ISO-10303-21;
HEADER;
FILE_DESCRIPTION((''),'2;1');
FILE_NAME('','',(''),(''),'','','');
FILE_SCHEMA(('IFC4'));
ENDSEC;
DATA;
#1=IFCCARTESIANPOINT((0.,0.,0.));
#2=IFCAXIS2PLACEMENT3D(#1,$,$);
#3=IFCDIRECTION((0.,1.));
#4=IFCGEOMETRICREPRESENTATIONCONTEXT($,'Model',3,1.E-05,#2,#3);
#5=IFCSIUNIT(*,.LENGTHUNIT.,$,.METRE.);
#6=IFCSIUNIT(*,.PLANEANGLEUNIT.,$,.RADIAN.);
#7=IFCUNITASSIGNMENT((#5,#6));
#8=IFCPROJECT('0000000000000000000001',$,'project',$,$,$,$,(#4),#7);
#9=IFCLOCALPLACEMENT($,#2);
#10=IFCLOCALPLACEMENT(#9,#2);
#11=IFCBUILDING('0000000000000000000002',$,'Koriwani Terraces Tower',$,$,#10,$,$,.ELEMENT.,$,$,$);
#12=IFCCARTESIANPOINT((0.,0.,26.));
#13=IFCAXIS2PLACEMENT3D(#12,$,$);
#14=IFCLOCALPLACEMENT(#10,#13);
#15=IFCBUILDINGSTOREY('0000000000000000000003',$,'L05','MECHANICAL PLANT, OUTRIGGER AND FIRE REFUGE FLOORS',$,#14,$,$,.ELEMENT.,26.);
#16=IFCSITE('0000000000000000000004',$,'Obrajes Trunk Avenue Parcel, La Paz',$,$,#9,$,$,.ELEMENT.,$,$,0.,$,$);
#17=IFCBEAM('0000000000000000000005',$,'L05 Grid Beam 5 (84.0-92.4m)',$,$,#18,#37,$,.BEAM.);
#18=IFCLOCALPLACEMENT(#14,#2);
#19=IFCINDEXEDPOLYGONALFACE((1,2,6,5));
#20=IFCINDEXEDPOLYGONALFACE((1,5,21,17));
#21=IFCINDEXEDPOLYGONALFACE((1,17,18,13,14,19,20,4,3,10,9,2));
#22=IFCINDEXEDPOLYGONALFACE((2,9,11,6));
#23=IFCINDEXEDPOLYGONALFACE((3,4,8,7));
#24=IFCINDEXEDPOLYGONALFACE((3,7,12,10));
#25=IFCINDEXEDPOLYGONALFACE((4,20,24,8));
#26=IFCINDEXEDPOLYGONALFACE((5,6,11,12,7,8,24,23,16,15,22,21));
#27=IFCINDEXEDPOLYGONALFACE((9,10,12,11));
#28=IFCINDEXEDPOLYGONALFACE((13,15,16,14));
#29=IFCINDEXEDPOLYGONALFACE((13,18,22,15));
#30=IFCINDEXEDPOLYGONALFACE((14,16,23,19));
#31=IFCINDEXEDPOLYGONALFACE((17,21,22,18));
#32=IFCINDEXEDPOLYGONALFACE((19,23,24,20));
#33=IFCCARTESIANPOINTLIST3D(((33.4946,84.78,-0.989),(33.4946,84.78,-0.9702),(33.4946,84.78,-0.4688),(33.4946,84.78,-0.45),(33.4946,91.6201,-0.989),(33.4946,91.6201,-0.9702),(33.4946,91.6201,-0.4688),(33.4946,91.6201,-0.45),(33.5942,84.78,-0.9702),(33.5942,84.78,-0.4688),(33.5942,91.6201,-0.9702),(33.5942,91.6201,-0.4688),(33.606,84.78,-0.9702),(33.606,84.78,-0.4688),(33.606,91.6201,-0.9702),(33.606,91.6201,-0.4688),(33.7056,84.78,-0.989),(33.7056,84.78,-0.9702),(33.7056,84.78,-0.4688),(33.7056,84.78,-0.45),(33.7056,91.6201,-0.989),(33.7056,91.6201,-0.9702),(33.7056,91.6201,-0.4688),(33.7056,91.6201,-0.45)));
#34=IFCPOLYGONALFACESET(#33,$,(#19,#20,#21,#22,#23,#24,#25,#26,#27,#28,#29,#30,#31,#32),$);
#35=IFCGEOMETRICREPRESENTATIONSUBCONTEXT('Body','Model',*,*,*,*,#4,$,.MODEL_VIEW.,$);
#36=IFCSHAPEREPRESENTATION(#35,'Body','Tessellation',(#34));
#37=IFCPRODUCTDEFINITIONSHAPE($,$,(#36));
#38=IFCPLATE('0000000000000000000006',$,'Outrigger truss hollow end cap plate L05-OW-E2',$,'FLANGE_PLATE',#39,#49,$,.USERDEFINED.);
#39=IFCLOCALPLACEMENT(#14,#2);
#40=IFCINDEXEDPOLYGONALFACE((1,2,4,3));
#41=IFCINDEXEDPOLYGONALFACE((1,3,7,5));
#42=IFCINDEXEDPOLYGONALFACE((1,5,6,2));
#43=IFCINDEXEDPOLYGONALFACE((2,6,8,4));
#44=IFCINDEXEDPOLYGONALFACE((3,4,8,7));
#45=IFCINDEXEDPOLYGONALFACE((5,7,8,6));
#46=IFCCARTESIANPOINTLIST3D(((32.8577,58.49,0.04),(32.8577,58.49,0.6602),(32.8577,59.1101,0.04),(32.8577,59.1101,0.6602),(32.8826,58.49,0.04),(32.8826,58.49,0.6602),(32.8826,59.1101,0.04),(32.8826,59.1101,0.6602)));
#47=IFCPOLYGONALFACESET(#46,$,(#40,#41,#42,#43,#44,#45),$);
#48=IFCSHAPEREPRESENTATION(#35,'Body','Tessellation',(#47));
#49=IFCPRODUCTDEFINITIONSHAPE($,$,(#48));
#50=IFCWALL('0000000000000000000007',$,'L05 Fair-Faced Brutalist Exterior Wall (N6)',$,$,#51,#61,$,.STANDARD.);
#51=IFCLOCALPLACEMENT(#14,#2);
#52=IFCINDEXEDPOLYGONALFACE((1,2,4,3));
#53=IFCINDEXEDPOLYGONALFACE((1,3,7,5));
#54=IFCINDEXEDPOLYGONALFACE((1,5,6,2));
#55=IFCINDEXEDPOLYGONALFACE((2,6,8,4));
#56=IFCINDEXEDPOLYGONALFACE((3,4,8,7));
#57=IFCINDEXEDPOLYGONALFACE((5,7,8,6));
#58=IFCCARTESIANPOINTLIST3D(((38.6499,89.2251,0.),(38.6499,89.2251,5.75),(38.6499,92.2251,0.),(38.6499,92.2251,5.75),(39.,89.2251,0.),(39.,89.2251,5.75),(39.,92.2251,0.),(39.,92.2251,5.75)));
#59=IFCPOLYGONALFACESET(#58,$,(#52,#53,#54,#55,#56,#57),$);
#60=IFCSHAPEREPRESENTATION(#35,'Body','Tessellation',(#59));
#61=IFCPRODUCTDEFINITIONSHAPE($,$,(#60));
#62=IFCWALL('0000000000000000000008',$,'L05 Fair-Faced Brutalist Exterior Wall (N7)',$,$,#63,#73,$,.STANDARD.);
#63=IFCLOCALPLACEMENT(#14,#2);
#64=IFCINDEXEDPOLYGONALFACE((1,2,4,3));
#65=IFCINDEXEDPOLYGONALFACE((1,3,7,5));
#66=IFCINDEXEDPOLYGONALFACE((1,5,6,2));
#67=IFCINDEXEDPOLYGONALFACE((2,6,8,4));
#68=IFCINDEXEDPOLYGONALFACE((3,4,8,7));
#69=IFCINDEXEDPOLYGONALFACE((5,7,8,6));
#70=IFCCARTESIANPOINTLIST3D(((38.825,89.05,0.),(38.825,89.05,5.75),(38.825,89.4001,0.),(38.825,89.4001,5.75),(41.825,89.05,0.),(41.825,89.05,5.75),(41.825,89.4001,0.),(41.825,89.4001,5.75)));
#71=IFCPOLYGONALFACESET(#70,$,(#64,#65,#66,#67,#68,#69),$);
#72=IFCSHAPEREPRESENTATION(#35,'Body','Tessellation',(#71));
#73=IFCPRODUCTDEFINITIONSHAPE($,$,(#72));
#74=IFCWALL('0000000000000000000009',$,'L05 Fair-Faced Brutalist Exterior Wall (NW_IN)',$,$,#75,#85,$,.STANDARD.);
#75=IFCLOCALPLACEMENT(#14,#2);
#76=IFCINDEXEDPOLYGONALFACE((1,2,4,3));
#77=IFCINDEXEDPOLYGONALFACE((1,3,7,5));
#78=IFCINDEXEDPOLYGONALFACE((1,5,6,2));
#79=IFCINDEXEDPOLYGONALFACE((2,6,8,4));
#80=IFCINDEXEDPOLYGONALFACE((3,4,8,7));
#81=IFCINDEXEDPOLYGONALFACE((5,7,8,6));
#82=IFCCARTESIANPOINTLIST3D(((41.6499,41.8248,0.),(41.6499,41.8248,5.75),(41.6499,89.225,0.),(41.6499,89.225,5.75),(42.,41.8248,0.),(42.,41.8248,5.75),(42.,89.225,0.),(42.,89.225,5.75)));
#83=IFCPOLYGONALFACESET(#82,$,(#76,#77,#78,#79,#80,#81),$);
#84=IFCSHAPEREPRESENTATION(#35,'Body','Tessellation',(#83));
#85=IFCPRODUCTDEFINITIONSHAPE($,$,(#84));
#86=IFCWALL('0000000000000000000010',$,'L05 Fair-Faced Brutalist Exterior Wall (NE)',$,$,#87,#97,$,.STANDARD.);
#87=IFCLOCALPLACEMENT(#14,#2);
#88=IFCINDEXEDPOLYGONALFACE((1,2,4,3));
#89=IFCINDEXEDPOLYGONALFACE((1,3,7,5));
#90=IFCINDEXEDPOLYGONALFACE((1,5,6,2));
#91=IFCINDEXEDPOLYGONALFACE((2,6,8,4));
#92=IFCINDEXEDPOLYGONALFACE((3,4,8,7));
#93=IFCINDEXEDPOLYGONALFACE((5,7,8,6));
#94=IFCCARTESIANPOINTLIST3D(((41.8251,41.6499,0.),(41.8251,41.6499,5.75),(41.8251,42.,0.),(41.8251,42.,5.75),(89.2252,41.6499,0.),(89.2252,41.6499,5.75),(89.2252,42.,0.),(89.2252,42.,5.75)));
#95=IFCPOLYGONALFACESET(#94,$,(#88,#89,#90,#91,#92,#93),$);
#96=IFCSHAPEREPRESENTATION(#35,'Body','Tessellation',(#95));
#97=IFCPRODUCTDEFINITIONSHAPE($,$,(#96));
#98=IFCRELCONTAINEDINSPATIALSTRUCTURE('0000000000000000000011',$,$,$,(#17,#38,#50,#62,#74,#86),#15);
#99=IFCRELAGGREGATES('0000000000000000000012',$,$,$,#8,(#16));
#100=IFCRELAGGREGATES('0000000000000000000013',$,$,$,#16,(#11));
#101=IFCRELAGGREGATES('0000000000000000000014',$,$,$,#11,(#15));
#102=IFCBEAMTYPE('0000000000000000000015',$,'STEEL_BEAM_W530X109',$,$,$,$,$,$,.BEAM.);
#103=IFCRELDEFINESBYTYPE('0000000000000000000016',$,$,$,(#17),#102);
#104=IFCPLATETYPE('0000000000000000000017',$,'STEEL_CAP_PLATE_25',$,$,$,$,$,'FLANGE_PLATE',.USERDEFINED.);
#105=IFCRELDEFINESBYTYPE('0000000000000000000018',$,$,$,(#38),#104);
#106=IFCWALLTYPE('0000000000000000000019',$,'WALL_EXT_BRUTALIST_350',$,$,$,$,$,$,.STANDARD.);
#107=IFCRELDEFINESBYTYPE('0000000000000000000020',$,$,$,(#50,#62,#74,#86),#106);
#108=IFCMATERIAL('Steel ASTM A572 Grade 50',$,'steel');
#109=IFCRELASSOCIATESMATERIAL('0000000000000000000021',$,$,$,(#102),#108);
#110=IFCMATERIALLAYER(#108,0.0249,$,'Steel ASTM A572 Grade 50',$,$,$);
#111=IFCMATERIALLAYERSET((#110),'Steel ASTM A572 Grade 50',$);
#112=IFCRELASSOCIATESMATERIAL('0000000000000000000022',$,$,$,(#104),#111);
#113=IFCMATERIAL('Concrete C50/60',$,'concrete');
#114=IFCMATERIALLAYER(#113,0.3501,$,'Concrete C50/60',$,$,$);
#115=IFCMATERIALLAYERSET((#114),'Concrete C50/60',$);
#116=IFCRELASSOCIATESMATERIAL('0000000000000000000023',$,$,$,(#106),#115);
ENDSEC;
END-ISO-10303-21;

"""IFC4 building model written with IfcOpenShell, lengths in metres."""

from ifc_helpers import new_model, si_unit, direction, frame, frame_2d, origin, origin_2d, place, context, subcontext, project, spatial, rectangle, i_section, extrude, material, layer, layer_set, material_profile, profile_set, type_object, element, save


model = new_model("IFC4")

# Units and contexts
model_context = context("Model", 3, precision=1e-05, world=origin(), true_north=direction((0.0, 1.0)))
body_context = subcontext(model_context, "Body", "Model", "MODEL_VIEW")
ifc_project = project(units=[si_unit("LENGTHUNIT", "METRE"), si_unit("PLANEANGLEUNIT", "RADIAN")], contexts=[model_context])

# Site, building, storey
site_placement = place(None, origin())
site = spatial("IfcSite", under=ifc_project, at=site_placement, Name="Obrajes Trunk Avenue Parcel, La Paz", CompositionType="ELEMENT", RefElevation=0.0)
building_placement = place(site_placement, origin())
building = spatial("IfcBuilding", under=site, at=building_placement, Name="Koriwani Terraces Tower", CompositionType="ELEMENT")
storey_placement = place(building_placement, frame((0.0, 0.0, 26.0)))
storey = spatial("IfcBuildingStorey", under=building, at=storey_placement, Name="L05", Description="MECHANICAL PLANT, OUTRIGGER AND FIRE REFUGE FLOORS", CompositionType="ELEMENT", Elevation=26.0)

# Shared definitions
ifc_material_1 = material(Name="Steel ASTM A572 Grade 50", Category="steel")

# Beam
ifc_material_profile_1 = material_profile(ifc_material_1, i_section(OverallWidth=0.2109, OverallDepth=0.5391, WebThickness=0.0117, FlangeThickness=0.0188, at=origin_2d()), Name="Steel ASTM A572 Grade 50", Category="LoadBearing")
ifc_profile_set_1 = profile_set([ifc_material_profile_1], Name="Steel ASTM A572 Grade 50")
beam_type_1 = type_object("IfcBeamType", Name="STEEL_BEAM_W530X109", PredefinedType="BEAM", material=ifc_profile_set_1)
for number, where, z_axis, x_axis, name in (
    (1, (33.6001, 84.78, -0.7195), (0.0, 1.0, 0.0), (-1.0, 0.0, 0.0), "L05 Grid Beam 5 (84.0-92.4m)"),
):
    element("IfcBeam", number, at=place(storey_placement, frame(where, z_axis=z_axis, x_axis=x_axis)), inside=storey, type_object=beam_type_1, Name=name, PredefinedType="BEAM", context=body_context, shape_type="SweptSolid", body=[
        extrude(i_section(OverallWidth=0.2109, OverallDepth=0.5391, WebThickness=0.0117, FlangeThickness=0.0188, at=origin_2d()), origin(), (0.0, 0.0, 1.0), 6.8401),
    ])

# Plate
ifc_layer_1 = layer(ifc_material_1, 0.0249, Name="Steel ASTM A572 Grade 50")
ifc_layer_set_1 = layer_set([ifc_layer_1], Name="Steel ASTM A572 Grade 50")
plate_type = type_object("IfcPlateType", Name="STEEL_CAP_PLATE_25", ElementType="FLANGE_PLATE", PredefinedType="USERDEFINED", material=ifc_layer_set_1)
plate_placement = place(storey_placement, frame((32.8701, 58.8, 0.04), z_axis=(0.0, 0.0, 1.0), x_axis=(-1.0, 0.0, 0.0)))
element("IfcPlate", 2, at=plate_placement, inside=storey, type_object=plate_type, Name="Outrigger truss hollow end cap plate L05-OW-E2", ObjectType="FLANGE_PLATE", PredefinedType="USERDEFINED", context=body_context, shape_type="SweptSolid", body=[
    extrude(rectangle(XDim=0.0249, YDim=0.6201, at=origin_2d()), origin(), (0.0, 0.0, 1.0), 0.6201),
])

# Walls
ifc_material_2 = material(Name="Concrete C50/60", Category="concrete")
ifc_layer_2 = layer(ifc_material_2, 0.3501, Name="Concrete C50/60")
ifc_layer_set_2 = layer_set([ifc_layer_2], Name="Concrete C50/60")
wall_type = type_object("IfcWallType", Name="WALL_EXT_BRUTALIST_350", PredefinedType="STANDARD", material=ifc_layer_set_2)
for number, where, z_axis, x_axis, name in (
    (3, (38.825, 92.2251, 0.0), (0.0, 0.0, 1.0), (0.0, -1.0, 0.0), "L05 Fair-Faced Brutalist Exterior Wall (N6)"),
    (4, (38.825, 89.2251, 0.0), (0.0, 0.0, 1.0), (1.0, 0.0, 0.0), "L05 Fair-Faced Brutalist Exterior Wall (N7)"),
):
    element("IfcWall", number, at=place(storey_placement, frame(where, z_axis=z_axis, x_axis=x_axis)), inside=storey, type_object=wall_type, Name=name, PredefinedType="STANDARD", context=body_context, shape_type="SweptSolid", body=[
        extrude(rectangle(XDim=3.0, YDim=0.3501, at=frame_2d((1.5, 0.0))), origin(), (0.0, 0.0, 1.0), 5.75),
    ])
for number, where, z_axis, x_axis, name in (
    (5, (41.825, 89.2251, 0.0), (0.0, 0.0, 1.0), (0.0, -1.0, 0.0), "L05 Fair-Faced Brutalist Exterior Wall (NW_IN)"),
    (6, (41.825, 41.825, 0.0), (0.0, 0.0, 1.0), (1.0, 0.0, 0.0), "L05 Fair-Faced Brutalist Exterior Wall (NE)"),
):
    element("IfcWall", number, at=place(storey_placement, frame(where, z_axis=z_axis, x_axis=x_axis)), inside=storey, type_object=wall_type, Name=name, PredefinedType="STANDARD", context=body_context, shape_type="SweptSolid", body=[
        extrude(rectangle(XDim=47.4001, YDim=0.3501, at=frame_2d((23.7002, 0.0))), origin(), (0.0, 0.0, 1.0), 5.75),
    ])

save(model, "model.ifc")
